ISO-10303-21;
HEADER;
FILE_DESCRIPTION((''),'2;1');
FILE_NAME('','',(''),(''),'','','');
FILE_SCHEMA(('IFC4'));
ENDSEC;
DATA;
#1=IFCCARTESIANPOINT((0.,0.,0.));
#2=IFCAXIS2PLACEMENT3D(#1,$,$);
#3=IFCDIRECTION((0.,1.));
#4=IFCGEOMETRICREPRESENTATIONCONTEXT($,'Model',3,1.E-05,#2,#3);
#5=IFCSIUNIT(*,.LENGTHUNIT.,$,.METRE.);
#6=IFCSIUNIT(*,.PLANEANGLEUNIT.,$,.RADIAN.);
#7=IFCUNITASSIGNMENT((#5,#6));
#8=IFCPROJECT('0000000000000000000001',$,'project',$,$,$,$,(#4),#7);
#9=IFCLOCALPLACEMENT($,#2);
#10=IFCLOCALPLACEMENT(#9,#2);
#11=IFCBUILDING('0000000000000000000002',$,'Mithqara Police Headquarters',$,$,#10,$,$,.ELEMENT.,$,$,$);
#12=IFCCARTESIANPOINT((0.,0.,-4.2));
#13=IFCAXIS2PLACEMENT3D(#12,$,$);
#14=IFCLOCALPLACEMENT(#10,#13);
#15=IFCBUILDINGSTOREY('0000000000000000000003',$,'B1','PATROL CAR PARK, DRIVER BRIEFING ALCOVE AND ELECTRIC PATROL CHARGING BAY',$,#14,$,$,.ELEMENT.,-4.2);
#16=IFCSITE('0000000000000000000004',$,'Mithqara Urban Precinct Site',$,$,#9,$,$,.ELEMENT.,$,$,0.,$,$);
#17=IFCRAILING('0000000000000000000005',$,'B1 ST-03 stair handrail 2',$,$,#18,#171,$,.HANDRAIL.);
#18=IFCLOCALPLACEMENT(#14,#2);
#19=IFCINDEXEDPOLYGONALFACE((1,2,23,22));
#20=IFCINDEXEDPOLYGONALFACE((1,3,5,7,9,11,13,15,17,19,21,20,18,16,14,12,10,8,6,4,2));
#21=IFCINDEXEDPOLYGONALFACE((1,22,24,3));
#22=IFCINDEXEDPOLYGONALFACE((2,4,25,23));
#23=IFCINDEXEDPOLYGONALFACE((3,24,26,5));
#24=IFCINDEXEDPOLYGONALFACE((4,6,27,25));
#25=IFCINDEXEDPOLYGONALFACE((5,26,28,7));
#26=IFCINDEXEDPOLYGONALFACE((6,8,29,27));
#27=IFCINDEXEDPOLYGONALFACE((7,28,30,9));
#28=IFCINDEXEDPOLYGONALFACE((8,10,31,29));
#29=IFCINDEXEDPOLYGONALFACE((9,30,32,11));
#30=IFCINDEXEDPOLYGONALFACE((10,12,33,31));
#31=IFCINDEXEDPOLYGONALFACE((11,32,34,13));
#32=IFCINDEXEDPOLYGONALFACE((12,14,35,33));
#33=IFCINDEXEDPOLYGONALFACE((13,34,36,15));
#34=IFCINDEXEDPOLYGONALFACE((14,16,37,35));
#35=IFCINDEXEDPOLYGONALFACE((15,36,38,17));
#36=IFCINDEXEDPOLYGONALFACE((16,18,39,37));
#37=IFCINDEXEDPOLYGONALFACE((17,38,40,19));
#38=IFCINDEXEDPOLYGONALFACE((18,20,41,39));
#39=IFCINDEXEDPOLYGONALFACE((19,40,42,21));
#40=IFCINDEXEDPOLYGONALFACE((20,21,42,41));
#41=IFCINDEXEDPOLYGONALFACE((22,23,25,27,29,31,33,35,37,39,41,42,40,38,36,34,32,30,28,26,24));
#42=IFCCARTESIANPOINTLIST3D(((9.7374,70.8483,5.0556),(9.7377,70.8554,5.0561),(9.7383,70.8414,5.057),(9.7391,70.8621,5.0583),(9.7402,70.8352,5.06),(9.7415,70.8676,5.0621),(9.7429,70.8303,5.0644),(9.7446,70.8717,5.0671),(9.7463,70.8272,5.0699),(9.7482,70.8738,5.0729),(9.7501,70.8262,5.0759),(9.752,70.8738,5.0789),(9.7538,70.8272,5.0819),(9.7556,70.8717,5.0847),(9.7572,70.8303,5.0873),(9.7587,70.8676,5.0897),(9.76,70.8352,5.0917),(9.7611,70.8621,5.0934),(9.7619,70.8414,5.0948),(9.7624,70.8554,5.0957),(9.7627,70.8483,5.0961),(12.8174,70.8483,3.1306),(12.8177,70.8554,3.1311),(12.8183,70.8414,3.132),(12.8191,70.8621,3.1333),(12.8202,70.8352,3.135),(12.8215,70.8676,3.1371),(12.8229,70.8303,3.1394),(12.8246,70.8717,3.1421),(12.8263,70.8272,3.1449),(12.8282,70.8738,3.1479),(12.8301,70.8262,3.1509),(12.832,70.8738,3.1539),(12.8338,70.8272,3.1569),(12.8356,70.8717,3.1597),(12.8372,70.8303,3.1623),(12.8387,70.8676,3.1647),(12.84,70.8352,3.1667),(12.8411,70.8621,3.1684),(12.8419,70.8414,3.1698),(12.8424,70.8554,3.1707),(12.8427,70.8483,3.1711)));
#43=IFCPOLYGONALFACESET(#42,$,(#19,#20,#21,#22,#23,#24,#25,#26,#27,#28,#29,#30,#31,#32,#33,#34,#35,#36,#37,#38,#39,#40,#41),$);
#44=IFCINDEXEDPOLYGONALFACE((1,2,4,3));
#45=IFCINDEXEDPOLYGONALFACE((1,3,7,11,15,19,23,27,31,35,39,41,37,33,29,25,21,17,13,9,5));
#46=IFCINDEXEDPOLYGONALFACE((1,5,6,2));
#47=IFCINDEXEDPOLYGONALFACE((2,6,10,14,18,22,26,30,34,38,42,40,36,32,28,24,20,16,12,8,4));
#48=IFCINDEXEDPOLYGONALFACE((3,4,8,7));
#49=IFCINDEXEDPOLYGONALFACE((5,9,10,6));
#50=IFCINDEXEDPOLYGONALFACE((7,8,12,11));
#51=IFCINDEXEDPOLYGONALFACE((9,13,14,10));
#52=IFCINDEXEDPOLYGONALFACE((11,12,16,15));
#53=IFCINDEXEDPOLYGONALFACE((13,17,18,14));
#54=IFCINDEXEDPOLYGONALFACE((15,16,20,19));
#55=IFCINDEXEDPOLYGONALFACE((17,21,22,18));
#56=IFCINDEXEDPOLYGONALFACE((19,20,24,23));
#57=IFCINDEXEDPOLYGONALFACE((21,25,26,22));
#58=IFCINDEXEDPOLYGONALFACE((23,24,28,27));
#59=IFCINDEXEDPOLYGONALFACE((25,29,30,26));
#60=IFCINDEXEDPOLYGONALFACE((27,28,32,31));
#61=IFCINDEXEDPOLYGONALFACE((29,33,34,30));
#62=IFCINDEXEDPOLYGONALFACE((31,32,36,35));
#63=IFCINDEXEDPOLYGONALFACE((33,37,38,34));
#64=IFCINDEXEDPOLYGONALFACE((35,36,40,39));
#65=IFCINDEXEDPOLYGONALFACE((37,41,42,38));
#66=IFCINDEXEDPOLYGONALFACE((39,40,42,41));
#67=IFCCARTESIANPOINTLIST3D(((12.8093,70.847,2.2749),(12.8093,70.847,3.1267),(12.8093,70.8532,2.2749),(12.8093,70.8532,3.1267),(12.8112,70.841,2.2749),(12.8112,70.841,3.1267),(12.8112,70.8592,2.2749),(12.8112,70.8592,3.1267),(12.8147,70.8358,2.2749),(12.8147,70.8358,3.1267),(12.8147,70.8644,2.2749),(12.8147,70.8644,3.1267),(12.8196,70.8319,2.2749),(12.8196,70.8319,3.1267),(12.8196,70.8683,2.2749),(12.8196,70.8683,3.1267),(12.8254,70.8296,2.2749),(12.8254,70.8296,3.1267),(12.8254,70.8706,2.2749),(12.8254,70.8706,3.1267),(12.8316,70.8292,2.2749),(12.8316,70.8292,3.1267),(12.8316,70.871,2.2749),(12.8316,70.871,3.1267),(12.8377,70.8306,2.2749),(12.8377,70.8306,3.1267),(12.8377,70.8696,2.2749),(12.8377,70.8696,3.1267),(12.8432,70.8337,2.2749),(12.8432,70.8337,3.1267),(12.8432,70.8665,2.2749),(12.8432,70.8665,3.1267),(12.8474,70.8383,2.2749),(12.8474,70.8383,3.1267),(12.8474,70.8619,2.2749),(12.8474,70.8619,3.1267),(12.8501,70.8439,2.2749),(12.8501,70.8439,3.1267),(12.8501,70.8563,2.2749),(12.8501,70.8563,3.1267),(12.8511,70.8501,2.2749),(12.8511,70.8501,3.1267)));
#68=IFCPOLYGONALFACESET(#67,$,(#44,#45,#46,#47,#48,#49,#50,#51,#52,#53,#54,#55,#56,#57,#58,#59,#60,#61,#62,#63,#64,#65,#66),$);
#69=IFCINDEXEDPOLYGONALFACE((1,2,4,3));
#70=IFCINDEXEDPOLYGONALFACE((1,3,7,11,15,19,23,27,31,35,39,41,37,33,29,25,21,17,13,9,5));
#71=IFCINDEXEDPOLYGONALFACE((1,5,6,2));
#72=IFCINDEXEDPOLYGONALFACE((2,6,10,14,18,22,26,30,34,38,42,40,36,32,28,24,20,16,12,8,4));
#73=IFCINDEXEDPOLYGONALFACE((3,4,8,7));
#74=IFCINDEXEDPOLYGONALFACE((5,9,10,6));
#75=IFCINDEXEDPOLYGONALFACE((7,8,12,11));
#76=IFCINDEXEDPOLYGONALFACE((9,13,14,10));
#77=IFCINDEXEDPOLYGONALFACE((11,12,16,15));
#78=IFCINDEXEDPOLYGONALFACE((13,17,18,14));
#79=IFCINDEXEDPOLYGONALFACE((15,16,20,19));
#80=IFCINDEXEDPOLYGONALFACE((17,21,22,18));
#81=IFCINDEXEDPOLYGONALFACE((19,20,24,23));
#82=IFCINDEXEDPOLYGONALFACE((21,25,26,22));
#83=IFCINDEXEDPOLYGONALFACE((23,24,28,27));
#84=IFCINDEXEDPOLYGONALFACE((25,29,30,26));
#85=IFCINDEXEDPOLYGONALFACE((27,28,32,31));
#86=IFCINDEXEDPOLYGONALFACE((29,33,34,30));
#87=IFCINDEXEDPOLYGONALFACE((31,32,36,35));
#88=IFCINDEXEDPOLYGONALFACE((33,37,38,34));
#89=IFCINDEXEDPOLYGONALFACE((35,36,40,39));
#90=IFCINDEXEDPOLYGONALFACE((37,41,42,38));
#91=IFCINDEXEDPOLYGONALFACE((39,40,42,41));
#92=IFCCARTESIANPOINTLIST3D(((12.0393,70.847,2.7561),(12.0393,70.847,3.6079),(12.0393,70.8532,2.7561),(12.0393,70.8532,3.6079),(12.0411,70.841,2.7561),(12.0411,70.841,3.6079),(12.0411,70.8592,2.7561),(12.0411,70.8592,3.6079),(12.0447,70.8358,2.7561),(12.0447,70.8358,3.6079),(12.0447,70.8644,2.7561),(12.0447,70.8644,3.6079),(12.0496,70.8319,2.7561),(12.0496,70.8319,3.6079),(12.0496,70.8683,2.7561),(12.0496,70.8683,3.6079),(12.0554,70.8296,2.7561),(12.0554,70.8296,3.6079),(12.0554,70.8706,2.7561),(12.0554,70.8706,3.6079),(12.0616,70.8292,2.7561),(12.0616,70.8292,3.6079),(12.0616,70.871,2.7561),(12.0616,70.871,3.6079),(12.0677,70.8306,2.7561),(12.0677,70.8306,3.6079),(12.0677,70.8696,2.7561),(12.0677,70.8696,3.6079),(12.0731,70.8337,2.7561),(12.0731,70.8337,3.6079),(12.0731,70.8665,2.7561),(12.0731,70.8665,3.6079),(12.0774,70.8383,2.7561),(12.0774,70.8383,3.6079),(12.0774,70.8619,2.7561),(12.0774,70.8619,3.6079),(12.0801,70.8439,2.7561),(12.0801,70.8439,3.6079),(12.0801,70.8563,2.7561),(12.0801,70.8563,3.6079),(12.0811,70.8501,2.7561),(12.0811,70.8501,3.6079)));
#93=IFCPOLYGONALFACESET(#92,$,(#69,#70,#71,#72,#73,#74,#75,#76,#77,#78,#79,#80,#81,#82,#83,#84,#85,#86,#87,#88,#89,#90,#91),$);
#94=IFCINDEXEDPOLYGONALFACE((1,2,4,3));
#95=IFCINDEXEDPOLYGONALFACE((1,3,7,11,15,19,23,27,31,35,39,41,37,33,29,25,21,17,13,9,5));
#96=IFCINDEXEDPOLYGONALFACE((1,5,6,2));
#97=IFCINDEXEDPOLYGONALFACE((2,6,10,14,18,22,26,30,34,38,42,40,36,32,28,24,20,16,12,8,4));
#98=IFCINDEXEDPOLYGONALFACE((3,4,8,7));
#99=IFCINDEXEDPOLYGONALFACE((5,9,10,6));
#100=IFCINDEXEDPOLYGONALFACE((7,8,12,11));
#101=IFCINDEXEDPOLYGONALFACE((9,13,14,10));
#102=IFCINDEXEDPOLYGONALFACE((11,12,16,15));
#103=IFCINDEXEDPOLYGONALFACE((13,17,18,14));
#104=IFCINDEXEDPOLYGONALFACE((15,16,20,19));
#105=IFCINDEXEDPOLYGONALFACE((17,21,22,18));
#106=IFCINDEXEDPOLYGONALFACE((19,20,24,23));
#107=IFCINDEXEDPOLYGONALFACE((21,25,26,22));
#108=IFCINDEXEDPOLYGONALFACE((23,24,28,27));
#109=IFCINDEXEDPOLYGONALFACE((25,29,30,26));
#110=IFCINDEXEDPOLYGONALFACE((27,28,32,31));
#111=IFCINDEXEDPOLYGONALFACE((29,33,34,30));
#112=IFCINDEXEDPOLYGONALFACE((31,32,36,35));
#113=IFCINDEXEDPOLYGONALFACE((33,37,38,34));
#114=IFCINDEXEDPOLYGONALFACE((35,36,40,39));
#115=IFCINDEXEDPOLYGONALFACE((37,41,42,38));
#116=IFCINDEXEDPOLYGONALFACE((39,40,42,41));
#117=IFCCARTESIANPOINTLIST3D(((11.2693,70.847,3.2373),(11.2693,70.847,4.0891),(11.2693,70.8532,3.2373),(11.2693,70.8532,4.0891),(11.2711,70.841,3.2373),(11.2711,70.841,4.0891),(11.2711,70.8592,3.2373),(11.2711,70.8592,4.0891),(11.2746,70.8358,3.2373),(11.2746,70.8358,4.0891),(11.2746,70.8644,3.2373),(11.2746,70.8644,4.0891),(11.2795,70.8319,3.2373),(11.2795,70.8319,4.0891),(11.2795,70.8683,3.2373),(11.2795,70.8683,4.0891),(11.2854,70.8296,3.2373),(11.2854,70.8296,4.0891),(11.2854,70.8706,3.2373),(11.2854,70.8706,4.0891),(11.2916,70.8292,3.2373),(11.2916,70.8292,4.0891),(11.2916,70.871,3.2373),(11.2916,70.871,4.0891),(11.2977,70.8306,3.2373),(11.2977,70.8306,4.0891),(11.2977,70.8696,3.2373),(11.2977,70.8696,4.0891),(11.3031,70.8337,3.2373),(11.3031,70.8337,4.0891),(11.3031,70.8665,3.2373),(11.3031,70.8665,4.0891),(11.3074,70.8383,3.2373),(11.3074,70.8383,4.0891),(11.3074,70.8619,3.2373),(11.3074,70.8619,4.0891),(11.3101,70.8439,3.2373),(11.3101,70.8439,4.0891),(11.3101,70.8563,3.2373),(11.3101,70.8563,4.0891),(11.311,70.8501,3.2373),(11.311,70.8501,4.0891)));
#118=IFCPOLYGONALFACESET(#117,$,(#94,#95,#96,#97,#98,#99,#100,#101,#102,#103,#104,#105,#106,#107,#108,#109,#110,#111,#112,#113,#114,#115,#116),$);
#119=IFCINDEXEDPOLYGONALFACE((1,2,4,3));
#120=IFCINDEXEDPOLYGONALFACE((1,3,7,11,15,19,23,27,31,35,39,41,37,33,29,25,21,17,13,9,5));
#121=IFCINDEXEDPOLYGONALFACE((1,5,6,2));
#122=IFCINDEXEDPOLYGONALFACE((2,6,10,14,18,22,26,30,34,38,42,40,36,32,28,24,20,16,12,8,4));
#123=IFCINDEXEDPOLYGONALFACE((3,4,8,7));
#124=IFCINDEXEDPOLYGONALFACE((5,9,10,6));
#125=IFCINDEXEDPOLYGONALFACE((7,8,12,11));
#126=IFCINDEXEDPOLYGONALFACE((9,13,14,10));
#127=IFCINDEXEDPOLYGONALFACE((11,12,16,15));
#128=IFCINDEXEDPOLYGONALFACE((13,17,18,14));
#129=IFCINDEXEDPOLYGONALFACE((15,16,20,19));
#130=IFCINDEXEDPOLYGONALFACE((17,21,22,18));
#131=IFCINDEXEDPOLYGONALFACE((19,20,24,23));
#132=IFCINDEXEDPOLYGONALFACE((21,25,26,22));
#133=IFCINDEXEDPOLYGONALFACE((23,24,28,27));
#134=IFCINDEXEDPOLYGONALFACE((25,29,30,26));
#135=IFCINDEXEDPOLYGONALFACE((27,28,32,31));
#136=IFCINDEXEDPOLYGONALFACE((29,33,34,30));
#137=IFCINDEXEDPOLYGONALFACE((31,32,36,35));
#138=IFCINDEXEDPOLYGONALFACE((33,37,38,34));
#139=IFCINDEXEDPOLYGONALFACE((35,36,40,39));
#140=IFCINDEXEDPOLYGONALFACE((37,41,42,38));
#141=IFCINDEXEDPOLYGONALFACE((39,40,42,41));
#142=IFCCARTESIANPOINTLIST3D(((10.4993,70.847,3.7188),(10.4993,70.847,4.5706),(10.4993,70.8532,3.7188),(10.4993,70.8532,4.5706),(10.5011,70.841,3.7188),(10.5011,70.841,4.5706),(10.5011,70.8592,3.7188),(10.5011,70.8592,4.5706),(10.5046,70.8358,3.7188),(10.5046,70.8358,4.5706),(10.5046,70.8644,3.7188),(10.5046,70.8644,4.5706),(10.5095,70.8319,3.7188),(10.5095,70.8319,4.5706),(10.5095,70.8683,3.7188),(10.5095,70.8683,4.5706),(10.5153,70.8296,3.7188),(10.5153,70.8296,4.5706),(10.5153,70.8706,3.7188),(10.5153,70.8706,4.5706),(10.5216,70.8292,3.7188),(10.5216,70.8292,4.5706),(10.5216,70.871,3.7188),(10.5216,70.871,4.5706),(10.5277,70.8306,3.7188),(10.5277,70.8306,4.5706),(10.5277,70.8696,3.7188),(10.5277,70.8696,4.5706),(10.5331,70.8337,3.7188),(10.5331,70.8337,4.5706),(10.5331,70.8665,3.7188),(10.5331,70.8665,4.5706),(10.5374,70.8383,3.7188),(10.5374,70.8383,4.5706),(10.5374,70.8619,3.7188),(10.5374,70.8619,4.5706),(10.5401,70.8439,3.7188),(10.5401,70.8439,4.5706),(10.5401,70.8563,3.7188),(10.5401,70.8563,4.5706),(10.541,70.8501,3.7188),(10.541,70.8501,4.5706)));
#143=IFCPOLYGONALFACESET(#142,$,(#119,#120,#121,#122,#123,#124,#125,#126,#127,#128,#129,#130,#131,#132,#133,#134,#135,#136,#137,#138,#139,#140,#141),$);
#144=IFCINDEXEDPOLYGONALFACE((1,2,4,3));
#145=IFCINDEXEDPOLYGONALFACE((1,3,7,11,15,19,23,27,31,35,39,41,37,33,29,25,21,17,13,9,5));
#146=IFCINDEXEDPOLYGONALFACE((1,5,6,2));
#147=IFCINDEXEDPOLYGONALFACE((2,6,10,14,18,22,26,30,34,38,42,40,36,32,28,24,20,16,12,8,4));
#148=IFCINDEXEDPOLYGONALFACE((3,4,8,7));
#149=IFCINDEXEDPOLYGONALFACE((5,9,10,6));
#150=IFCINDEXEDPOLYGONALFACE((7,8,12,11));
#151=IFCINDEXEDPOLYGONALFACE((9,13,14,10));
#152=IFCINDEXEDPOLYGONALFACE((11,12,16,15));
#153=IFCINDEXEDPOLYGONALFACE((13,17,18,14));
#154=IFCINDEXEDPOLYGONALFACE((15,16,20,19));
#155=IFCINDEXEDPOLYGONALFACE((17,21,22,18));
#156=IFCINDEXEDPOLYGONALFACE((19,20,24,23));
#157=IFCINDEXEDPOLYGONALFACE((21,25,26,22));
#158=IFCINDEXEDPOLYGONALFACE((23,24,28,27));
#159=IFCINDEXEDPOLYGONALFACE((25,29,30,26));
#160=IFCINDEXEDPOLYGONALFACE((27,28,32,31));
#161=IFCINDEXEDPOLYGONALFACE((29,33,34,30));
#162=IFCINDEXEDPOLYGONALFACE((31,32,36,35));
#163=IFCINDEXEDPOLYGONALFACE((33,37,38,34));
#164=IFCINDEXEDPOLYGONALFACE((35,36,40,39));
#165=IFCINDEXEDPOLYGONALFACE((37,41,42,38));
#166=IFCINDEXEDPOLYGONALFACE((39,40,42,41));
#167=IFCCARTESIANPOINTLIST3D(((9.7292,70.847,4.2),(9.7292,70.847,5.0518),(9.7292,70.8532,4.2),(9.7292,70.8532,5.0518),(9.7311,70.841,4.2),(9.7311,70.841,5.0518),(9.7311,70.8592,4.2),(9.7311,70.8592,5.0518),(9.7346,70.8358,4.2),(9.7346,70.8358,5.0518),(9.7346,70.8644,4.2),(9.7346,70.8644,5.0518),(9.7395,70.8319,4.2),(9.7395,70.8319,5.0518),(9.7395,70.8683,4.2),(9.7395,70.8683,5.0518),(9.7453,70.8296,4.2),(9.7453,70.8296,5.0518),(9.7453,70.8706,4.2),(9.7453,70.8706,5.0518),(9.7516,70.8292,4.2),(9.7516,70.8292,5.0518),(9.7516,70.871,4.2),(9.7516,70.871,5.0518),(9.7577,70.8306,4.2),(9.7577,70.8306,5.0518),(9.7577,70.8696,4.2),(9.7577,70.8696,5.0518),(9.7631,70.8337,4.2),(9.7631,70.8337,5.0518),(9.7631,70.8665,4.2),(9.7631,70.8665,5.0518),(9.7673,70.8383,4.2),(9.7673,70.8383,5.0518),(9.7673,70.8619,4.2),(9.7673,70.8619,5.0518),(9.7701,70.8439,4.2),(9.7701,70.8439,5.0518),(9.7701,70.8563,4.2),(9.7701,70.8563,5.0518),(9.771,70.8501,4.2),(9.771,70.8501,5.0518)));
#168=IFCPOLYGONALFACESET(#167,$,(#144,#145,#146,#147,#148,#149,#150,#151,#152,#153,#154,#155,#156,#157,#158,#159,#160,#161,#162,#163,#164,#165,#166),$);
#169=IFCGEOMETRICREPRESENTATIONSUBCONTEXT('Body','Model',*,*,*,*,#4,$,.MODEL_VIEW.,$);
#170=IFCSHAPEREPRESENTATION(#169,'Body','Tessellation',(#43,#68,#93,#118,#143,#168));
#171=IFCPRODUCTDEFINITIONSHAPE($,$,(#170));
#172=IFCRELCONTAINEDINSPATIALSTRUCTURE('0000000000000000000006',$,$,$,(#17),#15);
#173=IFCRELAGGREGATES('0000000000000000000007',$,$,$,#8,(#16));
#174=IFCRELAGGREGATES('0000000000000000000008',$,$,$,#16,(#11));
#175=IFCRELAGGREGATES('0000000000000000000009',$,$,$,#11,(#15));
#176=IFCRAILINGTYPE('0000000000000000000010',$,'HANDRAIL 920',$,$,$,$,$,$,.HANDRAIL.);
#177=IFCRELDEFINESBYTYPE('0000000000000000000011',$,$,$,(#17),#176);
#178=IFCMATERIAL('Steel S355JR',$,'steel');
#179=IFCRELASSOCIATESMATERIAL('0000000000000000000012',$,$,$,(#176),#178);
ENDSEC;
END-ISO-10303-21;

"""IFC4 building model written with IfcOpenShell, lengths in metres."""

from ifc_helpers import new_model, si_unit, direction, frame, origin, origin_2d, place, context, subcontext, project, spatial, circle, extrude, material, type_object, element, save


model = new_model("IFC4")

# Units and contexts
model_context = context("Model", 3, precision=1e-05, world=origin(), true_north=direction((0.0, 1.0)))
body_context = subcontext(model_context, "Body", "Model", "MODEL_VIEW")
ifc_project = project(units=[si_unit("LENGTHUNIT", "METRE"), si_unit("PLANEANGLEUNIT", "RADIAN")], contexts=[model_context])

# Site, building, storey
site_placement = place(None, origin())
site = spatial("IfcSite", under=ifc_project, at=site_placement, Name="Mithqara Urban Precinct Site", CompositionType="ELEMENT", RefElevation=0.0)
building_placement = place(site_placement, origin())
building = spatial("IfcBuilding", under=site, at=building_placement, Name="Mithqara Police Headquarters", CompositionType="ELEMENT")
storey_placement = place(building_placement, frame((0.0, 0.0, -4.2)))
storey = spatial("IfcBuildingStorey", under=building, at=storey_placement, Name="B1", Description="PATROL CAR PARK, DRIVER BRIEFING ALCOVE AND ELECTRIC PATROL CHARGING BAY", CompositionType="ELEMENT", Elevation=-4.2)

# Shared definitions
ifc_material_1 = material(Name="Steel S355JR", Category="steel")

# Railing
railing_type_1 = type_object("IfcRailingType", Name="HANDRAIL 920", PredefinedType="HANDRAIL", material=ifc_material_1)
railing_1_placement = place(storey_placement, frame((12.8301, 70.8501, 2.2749)))
element("IfcRailing", 1, at=railing_1_placement, inside=storey, type_object=railing_type_1, Name="B1 ST-03 stair handrail 2", PredefinedType="HANDRAIL", context=body_context, shape_type="SweptSolid", body=[
    extrude(circle(Radius=0.0239, at=origin_2d()), frame((0.0, 0.0, 0.876), z_axis=(-0.847998, 0.0, 0.529999), x_axis=(0.0, -1.0, 0.0)), (0.0, 0.0, 1.0), 3.6321),
    extrude(circle(Radius=0.021, at=origin_2d()), origin(), (0.0, 0.0, 1.0), 0.8518),
    extrude(circle(Radius=0.021, at=origin_2d()), frame((-0.77, 0.0, 0.4812)), (0.0, 0.0, 1.0), 0.8518),
    extrude(circle(Radius=0.021, at=origin_2d()), frame((-1.54, 0.0, 0.9624)), (0.0, 0.0, 1.0), 0.8518),
    extrude(circle(Radius=0.021, at=origin_2d()), frame((-2.3101, 0.0, 1.4438)), (0.0, 0.0, 1.0), 0.8518),
    extrude(circle(Radius=0.021, at=origin_2d()), frame((-3.0801, 0.0, 1.925)), (0.0, 0.0, 1.0), 0.8518),
])

save(model, "model.ifc")
